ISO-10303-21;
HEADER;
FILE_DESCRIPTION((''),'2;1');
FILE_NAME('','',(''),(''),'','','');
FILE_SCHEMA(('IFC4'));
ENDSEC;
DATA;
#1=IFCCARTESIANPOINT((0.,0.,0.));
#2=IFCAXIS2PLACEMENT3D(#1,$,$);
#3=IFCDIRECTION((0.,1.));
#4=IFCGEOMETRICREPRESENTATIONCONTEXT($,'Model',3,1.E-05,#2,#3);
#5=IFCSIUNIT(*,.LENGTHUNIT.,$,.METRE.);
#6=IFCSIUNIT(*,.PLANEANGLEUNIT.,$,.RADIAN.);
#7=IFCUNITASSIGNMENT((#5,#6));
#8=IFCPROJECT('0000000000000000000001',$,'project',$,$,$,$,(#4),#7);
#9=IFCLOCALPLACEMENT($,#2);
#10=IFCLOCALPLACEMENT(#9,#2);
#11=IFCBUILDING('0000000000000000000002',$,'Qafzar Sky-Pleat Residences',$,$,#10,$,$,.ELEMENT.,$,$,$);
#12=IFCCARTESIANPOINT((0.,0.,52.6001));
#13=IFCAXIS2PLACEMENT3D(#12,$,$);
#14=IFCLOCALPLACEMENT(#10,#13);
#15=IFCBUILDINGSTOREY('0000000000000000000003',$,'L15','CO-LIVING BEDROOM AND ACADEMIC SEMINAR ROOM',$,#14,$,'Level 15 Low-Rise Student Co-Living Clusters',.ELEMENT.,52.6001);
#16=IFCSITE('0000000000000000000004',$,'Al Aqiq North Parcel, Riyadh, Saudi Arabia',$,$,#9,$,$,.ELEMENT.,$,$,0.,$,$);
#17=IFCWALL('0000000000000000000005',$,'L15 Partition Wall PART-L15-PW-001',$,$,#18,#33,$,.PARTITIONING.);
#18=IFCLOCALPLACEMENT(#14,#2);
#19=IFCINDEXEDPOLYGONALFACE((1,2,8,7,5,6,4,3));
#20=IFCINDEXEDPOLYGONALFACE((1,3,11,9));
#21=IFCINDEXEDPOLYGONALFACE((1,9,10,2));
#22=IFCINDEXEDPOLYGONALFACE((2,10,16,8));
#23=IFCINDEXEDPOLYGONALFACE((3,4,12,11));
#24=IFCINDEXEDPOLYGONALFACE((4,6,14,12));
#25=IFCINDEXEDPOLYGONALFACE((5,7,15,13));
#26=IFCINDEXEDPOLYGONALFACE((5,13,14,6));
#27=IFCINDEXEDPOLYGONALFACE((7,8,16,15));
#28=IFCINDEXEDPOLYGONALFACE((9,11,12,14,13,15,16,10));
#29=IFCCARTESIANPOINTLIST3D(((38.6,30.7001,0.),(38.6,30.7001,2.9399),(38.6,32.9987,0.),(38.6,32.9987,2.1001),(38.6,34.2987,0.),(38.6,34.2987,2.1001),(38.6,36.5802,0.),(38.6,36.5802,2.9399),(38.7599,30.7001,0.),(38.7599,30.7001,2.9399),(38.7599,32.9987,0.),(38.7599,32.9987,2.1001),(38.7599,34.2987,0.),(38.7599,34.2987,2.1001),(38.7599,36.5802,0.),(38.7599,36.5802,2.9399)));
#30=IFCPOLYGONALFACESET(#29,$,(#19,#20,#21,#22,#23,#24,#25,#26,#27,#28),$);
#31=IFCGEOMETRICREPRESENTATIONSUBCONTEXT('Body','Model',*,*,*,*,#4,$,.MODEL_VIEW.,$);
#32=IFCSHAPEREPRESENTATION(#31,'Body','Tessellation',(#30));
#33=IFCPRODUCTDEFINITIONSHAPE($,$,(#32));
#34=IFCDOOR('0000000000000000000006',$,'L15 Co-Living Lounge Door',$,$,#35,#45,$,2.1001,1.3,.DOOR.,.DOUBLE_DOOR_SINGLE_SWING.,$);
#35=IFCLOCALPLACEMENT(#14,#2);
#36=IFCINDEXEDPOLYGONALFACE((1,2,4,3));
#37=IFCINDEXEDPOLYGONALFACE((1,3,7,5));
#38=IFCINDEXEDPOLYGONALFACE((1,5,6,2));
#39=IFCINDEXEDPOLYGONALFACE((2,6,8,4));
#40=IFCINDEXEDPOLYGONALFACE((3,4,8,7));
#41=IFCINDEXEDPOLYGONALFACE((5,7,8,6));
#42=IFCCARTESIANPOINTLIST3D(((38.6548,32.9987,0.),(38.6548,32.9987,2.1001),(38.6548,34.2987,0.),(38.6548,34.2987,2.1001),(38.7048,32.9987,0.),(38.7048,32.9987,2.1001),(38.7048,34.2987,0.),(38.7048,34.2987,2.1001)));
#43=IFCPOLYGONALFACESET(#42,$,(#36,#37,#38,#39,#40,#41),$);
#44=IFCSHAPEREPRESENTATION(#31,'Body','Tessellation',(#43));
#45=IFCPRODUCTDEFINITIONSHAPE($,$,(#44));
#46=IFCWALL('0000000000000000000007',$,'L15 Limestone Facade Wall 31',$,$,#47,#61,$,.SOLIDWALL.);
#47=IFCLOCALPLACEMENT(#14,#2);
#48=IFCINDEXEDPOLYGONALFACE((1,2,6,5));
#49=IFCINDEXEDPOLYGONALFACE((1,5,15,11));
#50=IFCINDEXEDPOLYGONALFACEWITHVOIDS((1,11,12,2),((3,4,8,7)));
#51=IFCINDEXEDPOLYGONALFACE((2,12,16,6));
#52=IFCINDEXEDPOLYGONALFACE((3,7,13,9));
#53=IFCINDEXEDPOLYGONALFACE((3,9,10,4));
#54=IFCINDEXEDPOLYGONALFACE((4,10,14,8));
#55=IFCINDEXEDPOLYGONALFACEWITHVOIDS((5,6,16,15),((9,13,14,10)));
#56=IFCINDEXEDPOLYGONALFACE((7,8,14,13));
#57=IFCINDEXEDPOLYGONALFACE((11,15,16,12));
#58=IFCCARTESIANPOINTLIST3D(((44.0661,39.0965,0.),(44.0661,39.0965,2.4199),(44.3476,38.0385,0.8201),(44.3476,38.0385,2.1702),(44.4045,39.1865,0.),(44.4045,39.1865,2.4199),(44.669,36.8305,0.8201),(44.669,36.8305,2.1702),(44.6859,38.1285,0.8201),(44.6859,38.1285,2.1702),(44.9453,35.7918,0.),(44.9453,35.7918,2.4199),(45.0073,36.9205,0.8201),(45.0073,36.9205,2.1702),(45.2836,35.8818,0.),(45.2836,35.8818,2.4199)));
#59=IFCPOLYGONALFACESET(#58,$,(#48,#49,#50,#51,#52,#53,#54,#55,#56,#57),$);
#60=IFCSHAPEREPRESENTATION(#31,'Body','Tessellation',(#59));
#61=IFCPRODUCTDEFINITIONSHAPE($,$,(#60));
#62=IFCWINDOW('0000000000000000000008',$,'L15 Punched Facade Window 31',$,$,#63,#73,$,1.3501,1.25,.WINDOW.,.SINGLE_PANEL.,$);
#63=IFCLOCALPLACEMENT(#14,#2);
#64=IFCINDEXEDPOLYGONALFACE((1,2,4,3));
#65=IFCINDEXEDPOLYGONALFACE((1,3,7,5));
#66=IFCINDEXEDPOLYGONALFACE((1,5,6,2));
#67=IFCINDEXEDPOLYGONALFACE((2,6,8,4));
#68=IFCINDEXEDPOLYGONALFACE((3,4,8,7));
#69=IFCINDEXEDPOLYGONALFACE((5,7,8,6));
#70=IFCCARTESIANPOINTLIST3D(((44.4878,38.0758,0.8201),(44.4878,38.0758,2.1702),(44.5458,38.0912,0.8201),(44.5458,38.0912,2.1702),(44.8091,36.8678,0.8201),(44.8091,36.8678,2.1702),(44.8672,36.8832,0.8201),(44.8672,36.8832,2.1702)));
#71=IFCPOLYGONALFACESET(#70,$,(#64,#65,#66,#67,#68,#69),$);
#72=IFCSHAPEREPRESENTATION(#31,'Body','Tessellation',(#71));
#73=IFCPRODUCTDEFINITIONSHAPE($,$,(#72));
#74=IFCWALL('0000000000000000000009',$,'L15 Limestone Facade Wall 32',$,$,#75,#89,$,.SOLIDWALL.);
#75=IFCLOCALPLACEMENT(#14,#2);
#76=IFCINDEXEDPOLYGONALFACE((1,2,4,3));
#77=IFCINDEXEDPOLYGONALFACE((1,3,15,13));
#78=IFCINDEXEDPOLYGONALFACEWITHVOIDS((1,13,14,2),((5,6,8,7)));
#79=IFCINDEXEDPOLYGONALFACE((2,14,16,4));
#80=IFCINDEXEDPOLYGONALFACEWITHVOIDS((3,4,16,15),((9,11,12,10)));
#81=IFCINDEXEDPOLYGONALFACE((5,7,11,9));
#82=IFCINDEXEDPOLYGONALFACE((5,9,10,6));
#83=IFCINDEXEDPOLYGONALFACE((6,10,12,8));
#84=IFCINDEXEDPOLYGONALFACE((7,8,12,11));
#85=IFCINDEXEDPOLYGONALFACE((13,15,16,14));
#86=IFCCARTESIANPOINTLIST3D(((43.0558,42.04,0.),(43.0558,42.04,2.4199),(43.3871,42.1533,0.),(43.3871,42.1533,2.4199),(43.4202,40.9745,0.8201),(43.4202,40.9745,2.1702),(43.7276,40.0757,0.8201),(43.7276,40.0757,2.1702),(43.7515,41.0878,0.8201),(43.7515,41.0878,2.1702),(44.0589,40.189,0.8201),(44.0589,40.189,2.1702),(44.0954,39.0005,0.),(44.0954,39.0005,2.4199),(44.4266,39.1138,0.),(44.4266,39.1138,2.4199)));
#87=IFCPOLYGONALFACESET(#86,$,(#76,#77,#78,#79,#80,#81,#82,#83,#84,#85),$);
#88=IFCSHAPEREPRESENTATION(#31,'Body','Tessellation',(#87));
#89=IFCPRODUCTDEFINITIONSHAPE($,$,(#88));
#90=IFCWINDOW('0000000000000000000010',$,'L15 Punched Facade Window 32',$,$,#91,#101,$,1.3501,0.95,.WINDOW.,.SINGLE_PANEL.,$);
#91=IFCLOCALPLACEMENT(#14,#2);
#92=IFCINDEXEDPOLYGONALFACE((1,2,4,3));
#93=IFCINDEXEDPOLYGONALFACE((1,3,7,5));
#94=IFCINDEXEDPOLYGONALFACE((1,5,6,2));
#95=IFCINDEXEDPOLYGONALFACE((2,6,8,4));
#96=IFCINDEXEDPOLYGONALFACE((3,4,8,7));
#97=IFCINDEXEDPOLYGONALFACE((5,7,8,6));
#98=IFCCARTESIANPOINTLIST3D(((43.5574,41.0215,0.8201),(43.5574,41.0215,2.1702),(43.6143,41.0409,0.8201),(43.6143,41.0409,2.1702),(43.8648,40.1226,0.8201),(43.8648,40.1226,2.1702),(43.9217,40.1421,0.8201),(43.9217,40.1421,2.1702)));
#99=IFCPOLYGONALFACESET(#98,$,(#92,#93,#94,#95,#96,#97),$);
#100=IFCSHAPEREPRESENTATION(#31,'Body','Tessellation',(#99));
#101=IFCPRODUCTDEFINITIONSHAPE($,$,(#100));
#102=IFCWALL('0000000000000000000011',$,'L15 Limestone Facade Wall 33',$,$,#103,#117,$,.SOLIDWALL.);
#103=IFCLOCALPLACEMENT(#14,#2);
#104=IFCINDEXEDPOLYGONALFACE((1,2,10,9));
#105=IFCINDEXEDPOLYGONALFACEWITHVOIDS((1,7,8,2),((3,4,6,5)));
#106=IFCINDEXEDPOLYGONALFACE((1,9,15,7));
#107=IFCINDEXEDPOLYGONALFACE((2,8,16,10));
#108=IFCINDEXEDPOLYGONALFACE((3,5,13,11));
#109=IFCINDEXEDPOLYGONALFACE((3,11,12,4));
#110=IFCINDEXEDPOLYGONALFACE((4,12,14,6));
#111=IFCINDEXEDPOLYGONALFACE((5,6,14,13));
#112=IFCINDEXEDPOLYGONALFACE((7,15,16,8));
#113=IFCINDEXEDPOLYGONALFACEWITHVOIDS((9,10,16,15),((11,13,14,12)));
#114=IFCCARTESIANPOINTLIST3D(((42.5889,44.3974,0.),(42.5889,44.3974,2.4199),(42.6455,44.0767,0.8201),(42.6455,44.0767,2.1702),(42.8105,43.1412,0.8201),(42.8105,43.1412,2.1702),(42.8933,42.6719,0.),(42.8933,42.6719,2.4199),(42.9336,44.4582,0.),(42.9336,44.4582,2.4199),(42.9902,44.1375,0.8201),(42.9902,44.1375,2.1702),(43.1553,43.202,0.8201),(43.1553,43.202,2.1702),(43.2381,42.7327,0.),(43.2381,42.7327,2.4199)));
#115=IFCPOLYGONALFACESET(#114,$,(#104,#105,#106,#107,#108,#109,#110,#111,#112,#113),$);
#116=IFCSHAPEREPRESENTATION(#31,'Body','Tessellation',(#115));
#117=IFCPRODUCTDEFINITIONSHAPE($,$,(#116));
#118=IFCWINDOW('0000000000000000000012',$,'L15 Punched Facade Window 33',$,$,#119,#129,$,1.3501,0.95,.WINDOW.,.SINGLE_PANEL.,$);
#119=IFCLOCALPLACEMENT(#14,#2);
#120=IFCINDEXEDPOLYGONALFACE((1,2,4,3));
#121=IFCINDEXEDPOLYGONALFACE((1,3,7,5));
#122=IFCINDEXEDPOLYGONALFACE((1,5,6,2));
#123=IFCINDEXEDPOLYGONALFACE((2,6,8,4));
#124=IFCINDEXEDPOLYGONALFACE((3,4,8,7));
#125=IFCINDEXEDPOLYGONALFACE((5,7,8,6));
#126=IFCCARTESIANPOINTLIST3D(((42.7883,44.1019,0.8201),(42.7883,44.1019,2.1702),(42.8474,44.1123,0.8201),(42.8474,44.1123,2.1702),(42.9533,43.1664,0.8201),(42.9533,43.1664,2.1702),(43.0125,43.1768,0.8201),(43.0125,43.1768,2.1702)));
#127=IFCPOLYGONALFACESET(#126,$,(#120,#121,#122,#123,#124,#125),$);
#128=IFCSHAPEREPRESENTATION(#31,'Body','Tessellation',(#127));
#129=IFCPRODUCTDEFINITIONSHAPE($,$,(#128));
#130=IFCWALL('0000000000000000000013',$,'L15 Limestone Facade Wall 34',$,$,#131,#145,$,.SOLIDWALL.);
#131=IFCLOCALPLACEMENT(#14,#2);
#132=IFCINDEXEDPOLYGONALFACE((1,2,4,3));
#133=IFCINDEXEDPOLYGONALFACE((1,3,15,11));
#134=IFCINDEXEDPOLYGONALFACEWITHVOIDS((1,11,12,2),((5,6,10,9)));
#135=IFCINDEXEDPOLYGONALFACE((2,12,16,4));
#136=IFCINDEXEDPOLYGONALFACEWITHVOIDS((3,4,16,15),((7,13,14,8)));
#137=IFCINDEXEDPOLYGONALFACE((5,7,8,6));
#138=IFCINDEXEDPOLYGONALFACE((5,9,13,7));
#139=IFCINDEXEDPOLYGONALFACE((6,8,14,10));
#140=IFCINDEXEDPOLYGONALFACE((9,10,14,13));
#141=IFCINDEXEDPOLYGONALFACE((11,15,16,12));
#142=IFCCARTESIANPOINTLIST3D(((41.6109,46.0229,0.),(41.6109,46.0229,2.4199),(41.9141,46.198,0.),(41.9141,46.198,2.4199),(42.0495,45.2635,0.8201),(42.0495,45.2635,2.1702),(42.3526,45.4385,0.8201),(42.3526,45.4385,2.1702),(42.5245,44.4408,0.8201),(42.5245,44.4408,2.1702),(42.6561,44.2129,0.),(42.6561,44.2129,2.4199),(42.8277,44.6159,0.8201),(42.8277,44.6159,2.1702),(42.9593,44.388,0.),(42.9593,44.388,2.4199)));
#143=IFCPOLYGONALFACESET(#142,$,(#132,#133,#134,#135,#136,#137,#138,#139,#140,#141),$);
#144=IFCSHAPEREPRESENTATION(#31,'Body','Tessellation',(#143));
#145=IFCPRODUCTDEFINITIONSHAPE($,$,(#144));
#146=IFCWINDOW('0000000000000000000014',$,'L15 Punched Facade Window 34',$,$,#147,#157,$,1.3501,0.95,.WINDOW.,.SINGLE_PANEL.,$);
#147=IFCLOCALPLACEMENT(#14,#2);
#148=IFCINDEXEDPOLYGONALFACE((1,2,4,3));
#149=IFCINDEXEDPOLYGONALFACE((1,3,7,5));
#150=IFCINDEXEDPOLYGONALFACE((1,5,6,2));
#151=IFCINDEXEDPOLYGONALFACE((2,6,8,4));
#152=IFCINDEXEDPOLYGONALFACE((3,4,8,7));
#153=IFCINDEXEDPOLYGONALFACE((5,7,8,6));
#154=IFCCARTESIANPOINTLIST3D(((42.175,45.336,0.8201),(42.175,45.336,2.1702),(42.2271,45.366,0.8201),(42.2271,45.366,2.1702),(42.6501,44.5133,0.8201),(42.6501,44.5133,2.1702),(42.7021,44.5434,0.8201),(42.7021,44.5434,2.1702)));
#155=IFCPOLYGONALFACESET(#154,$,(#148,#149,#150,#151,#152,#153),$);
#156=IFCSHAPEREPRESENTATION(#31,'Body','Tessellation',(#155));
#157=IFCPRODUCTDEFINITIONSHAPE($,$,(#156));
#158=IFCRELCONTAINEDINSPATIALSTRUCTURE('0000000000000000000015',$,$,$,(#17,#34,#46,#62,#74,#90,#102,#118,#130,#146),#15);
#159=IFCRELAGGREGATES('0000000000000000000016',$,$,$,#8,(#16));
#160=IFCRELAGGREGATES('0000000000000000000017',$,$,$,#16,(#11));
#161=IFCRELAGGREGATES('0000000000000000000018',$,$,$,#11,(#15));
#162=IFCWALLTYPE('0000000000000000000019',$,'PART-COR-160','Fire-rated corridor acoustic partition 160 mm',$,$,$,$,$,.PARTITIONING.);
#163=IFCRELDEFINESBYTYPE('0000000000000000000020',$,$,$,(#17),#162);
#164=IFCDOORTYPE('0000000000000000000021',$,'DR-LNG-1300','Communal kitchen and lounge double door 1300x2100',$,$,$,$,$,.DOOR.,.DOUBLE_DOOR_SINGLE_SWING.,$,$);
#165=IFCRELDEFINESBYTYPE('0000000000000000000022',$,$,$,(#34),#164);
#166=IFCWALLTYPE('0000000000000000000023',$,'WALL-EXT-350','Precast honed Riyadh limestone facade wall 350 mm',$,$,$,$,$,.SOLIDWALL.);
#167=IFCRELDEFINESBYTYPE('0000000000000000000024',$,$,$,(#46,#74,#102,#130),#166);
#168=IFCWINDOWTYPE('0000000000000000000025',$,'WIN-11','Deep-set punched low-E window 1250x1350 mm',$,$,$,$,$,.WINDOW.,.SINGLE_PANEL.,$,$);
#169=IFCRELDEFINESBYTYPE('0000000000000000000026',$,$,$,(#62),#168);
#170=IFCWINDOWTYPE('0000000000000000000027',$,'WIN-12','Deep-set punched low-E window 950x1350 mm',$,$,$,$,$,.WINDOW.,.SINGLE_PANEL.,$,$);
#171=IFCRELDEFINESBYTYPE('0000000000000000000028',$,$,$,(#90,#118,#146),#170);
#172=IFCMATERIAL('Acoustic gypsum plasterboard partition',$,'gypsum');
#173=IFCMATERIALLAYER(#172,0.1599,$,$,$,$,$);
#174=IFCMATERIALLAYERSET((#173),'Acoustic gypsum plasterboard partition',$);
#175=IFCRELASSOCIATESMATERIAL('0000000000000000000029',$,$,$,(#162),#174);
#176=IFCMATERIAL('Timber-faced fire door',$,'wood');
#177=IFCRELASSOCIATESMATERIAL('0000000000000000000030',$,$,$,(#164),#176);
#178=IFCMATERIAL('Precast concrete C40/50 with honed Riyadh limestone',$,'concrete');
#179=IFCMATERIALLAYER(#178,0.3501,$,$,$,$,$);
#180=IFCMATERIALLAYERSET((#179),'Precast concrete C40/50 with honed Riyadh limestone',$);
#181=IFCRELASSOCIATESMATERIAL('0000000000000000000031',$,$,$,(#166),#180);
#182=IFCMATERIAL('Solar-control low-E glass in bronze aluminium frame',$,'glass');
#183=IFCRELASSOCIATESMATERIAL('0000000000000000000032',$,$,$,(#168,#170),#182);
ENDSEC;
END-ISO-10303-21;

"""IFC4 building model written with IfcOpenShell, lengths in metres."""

from ifc_helpers import new_model, si_unit, direction, frame, frame_2d, origin, place, context, subcontext, project, spatial, rectangle, extrude, source, transform, mapped, material, layer, layer_set, type_object, element, fill, save


model = new_model("IFC4")

# Units and contexts
model_context = context("Model", 3, precision=1e-05, world=origin(), true_north=direction((0.0, 1.0)))
body_context = subcontext(model_context, "Body", "Model", "MODEL_VIEW")
ifc_project = project(units=[si_unit("LENGTHUNIT", "METRE"), si_unit("PLANEANGLEUNIT", "RADIAN")], contexts=[model_context])

# Site, building, storey
site_placement = place(None, origin())
site = spatial("IfcSite", under=ifc_project, at=site_placement, Name="Al Aqiq North Parcel, Riyadh, Saudi Arabia", CompositionType="ELEMENT", RefElevation=0.0)
building_placement = place(site_placement, origin())
building = spatial("IfcBuilding", under=site, at=building_placement, Name="Qafzar Sky-Pleat Residences", CompositionType="ELEMENT")
storey_placement = place(building_placement, frame((0.0, 0.0, 52.6001)))
storey = spatial("IfcBuildingStorey", under=building, at=storey_placement, Name="L15", Description="CO-LIVING BEDROOM AND ACADEMIC SEMINAR ROOM", LongName="Level 15 Low-Rise Student Co-Living Clusters", CompositionType="ELEMENT", Elevation=52.6001)

# Wall, opening, door
ifc_material_1 = material(Name="Acoustic gypsum plasterboard partition", Category="gypsum")
ifc_layer_1 = layer(ifc_material_1, 0.1599)
ifc_layer_set_1 = layer_set([ifc_layer_1], Name="Acoustic gypsum plasterboard partition")
wall_type_1 = type_object("IfcWallType", Name="PART-COR-160", Description="Fire-rated corridor acoustic partition 160 mm", PredefinedType="PARTITIONING", material=ifc_layer_set_1)
wall_1_placement = place(storey_placement, frame((38.6799, 36.5801, 0.0), z_axis=(0.0, 0.0, 1.0), x_axis=(0.0, -1.0, 0.0)))
wall_1 = element("IfcWall", 1, at=wall_1_placement, inside=storey, type_object=wall_type_1, Name="L15 Partition Wall PART-L15-PW-001", PredefinedType="PARTITIONING", context=body_context, shape_type="SweptSolid", body=[
    extrude(rectangle(XDim=5.8801, YDim=0.1599, at=frame_2d((2.9399, 0.0))), origin(), (0.0, 0.0, 1.0), 2.9399),
])
opening_1_placement = place(wall_1_placement, frame((2.2815, 0.0, 0.0)))
opening_1 = element("IfcOpeningElement", 2, at=opening_1_placement, cuts=wall_1, PredefinedType="OPENING", context=body_context, shape_type="SweptSolid", body=[
    extrude(rectangle(XDim=1.3, YDim=2.1001, at=frame_2d((0.6499, 1.05))), frame((0.0, 0.0898, 0.0), z_axis=(0.0, -1.0, 0.0), x_axis=(1.0, 0.0, 0.0)), (0.0, 0.0, 1.0), 0.1799),
])
ifc_material_2 = material(Name="Timber-faced fire door", Category="wood")
door_type = type_object("IfcDoorType", Name="DR-LNG-1300", Description="Communal kitchen and lounge double door 1300x2100", OperationType="DOUBLE_DOOR_SINGLE_SWING", PredefinedType="DOOR", material=ifc_material_2)
shared_shape_1 = source(origin(), body_context, "Body", "SweptSolid", [
    extrude(rectangle(XDim=1.3, YDim=2.1001, at=frame_2d((0.6499, 1.05))), frame((0.0, 0.0249, 0.0), z_axis=(0.0, -1.0, 0.0), x_axis=(1.0, 0.0, 0.0)), (0.0, 0.0, 1.0), 0.05),
])
door_placement = place(opening_1_placement, origin())
door = element("IfcDoor", 3, at=door_placement, inside=storey, type_object=door_type, Name="L15 Co-Living Lounge Door", OperationType="DOUBLE_DOOR_SINGLE_SWING", OverallHeight=2.1001, OverallWidth=1.3, PredefinedType="DOOR", context=body_context, shape_type="MappedRepresentation", body=[
    mapped(shared_shape_1, transform((0.0, 0.0, 0.0), x_axis=(1.0, 0.0, 0.0), y_axis=(0.0, 1.0, 0.0), z_axis=(0.0, 0.0, 1.0), scale=1.0)),
])
fill(opening_1, door)

# Walls, openings, windows
ifc_material_3 = material(Name="Precast concrete C40/50 with honed Riyadh limestone", Category="concrete")
ifc_layer_2 = layer(ifc_material_3, 0.3501)
ifc_layer_set_2 = layer_set([ifc_layer_2], Name="Precast concrete C40/50 with honed Riyadh limestone")
wall_type_2 = type_object("IfcWallType", Name="WALL-EXT-350", Description="Precast honed Riyadh limestone facade wall 350 mm", PredefinedType="SOLIDWALL", material=ifc_layer_set_2)
wall_2_placement = place(storey_placement, frame((45.1145, 35.8367, 0.0), z_axis=(0.0, 0.0, 1.0), x_axis=(-0.257089, 0.966388, 0.0)))
wall_2 = element("IfcWall", 4, at=wall_2_placement, inside=storey, type_object=wall_type_2, Name="L15 Limestone Facade Wall 31", PredefinedType="SOLIDWALL", context=body_context, shape_type="SweptSolid", body=[
    extrude(rectangle(XDim=3.4197, YDim=0.3501, at=frame_2d((1.71, 0.0))), origin(), (0.0, 0.0, 1.0), 2.4199),
])
opening_2_placement = place(wall_2_placement, frame((1.075, 0.0, 0.8201)))
opening_2 = element("IfcOpeningElement", 5, at=opening_2_placement, cuts=wall_2, PredefinedType="OPENING", context=body_context, shape_type="SweptSolid", body=[
    extrude(rectangle(XDim=1.25, YDim=1.3501, at=frame_2d((0.625, 0.675))), frame((0.0, 0.1851, 0.0), z_axis=(0.0, -1.0, 0.0), x_axis=(1.0, 0.0, 0.0)), (0.0, 0.0, 1.0), 0.3701),
])
ifc_material_4 = material(Name="Solar-control low-E glass in bronze aluminium frame", Category="glass")
window_type_1 = type_object("IfcWindowType", Name="WIN-11", Description="Deep-set punched low-E window 1250x1350 mm", PartitioningType="SINGLE_PANEL", PredefinedType="WINDOW", material=ifc_material_4)
shared_shape_2 = source(origin(), body_context, "Body", "SweptSolid", [
    extrude(rectangle(XDim=1.25, YDim=1.3501, at=frame_2d((0.625, 0.675))), frame((0.0, 0.03, 0.0), z_axis=(0.0, -1.0, 0.0), x_axis=(1.0, 0.0, 0.0)), (0.0, 0.0, 1.0), 0.0601),
])
window_1_placement = place(opening_2_placement, origin())
window_1 = element("IfcWindow", 6, at=window_1_placement, inside=storey, type_object=window_type_1, Name="L15 Punched Facade Window 31", OverallHeight=1.3501, OverallWidth=1.25, PartitioningType="SINGLE_PANEL", PredefinedType="WINDOW", context=body_context, shape_type="MappedRepresentation", body=[
    mapped(shared_shape_2, transform((0.0, 0.0, 0.0), x_axis=(1.0, 0.0, 0.0), y_axis=(0.0, 1.0, 0.0), z_axis=(0.0, 0.0, 1.0), scale=1.0)),
])
fill(opening_2, window_1)
wall_3_placement = place(storey_placement, frame((44.261, 39.0571, 0.0), z_axis=(0.0, 0.0, 1.0), x_axis=(-0.323605, 0.946192, 0.0)))
wall_3 = element("IfcWall", 7, at=wall_3_placement, inside=storey, type_object=wall_type_2, Name="L15 Limestone Facade Wall 32", PredefinedType="SOLIDWALL", context=body_context, shape_type="SweptSolid", body=[
    extrude(rectangle(XDim=3.2124, YDim=0.3501, at=frame_2d((1.6062, 0.0))), origin(), (0.0, 0.0, 1.0), 2.4199),
])
opening_3_placement = place(wall_3_placement, frame((1.1362, 0.0, 0.8201)))
opening_3 = element("IfcOpeningElement", 8, at=opening_3_placement, cuts=wall_3, PredefinedType="OPENING", context=body_context, shape_type="SweptSolid", body=[
    extrude(rectangle(XDim=0.95, YDim=1.3501, at=frame_2d((0.4751, 0.675))), frame((0.0, 0.1851, 0.0), z_axis=(0.0, -1.0, 0.0), x_axis=(1.0, 0.0, 0.0)), (0.0, 0.0, 1.0), 0.3701),
])
window_type_2 = type_object("IfcWindowType", Name="WIN-12", Description="Deep-set punched low-E window 950x1350 mm", PartitioningType="SINGLE_PANEL", PredefinedType="WINDOW", material=ifc_material_4)
shared_shape_3 = source(origin(), body_context, "Body", "SweptSolid", [
    extrude(rectangle(XDim=0.95, YDim=1.3501, at=frame_2d((0.4751, 0.675))), frame((0.0, 0.03, 0.0), z_axis=(0.0, -1.0, 0.0), x_axis=(1.0, 0.0, 0.0)), (0.0, 0.0, 1.0), 0.0601),
])
window_2_placement = place(opening_3_placement, origin())
window_2 = element("IfcWindow", 9, at=window_2_placement, inside=storey, type_object=window_type_2, Name="L15 Punched Facade Window 32", OverallHeight=1.3501, OverallWidth=0.95, PartitioningType="SINGLE_PANEL", PredefinedType="WINDOW", context=body_context, shape_type="MappedRepresentation", body=[
    mapped(shared_shape_3, transform((0.0, 0.0, 0.0), x_axis=(1.0, 0.0, 0.0), y_axis=(0.0, 1.0, 0.0), z_axis=(0.0, 0.0, 1.0), scale=1.0)),
])
fill(opening_3, window_2)
wall_4_placement = place(storey_placement, frame((43.0657, 42.7024, 0.0), z_axis=(0.0, 0.0, 1.0), x_axis=(-0.173746, 0.984791, 0.0)))
wall_4 = element("IfcWall", 10, at=wall_4_placement, inside=storey, type_object=wall_type_2, Name="L15 Limestone Facade Wall 33", PredefinedType="SOLIDWALL", context=body_context, shape_type="SweptSolid", body=[
    extrude(rectangle(XDim=1.7522, YDim=0.3501, at=frame_2d((0.876, 0.0))), origin(), (0.0, 0.0, 1.0), 2.4199),
])
opening_4_placement = place(wall_4_placement, frame((0.4763, 0.0, 0.8201)))
opening_4 = element("IfcOpeningElement", 11, at=opening_4_placement, cuts=wall_4, PredefinedType="OPENING", context=body_context, shape_type="SweptSolid", body=[
    extrude(rectangle(XDim=0.95, YDim=1.3501, at=frame_2d((0.4751, 0.675))), frame((0.0, 0.1851, 0.0), z_axis=(0.0, -1.0, 0.0), x_axis=(1.0, 0.0, 0.0)), (0.0, 0.0, 1.0), 0.3701),
])
window_3_placement = place(opening_4_placement, origin())
window_3 = element("IfcWindow", 12, at=window_3_placement, inside=storey, type_object=window_type_2, Name="L15 Punched Facade Window 33", OverallHeight=1.3501, OverallWidth=0.95, PartitioningType="SINGLE_PANEL", PredefinedType="WINDOW", context=body_context, shape_type="MappedRepresentation", body=[
    mapped(shared_shape_3, transform((0.0, 0.0, 0.0), x_axis=(1.0, 0.0, 0.0), y_axis=(0.0, 1.0, 0.0), z_axis=(0.0, 0.0, 1.0), scale=1.0)),
])
fill(opening_4, window_3)
wall_5_placement = place(storey_placement, frame((42.8076, 44.3005, 0.0), z_axis=(0.0, 0.0, 1.0), x_axis=(-0.500046, 0.865999, 0.0)))
wall_5 = element("IfcWall", 13, at=wall_5_placement, inside=storey, type_object=wall_type_2, Name="L15 Limestone Facade Wall 34", PredefinedType="SOLIDWALL", context=body_context, shape_type="SweptSolid", body=[
    extrude(rectangle(XDim=2.0901, YDim=0.3501, at=frame_2d((1.0449, 0.0))), origin(), (0.0, 0.0, 1.0), 2.4199),
])
opening_5_placement = place(wall_5_placement, frame((0.2629, 0.0, 0.8201)))
opening_5 = element("IfcOpeningElement", 14, at=opening_5_placement, cuts=wall_5, PredefinedType="OPENING", context=body_context, shape_type="SweptSolid", body=[
    extrude(rectangle(XDim=0.95, YDim=1.3501, at=frame_2d((0.4751, 0.675))), frame((0.0, 0.1851, 0.0), z_axis=(0.0, -1.0, 0.0), x_axis=(1.0, 0.0, 0.0)), (0.0, 0.0, 1.0), 0.3701),
])
window_4_placement = place(opening_5_placement, origin())
window_4 = element("IfcWindow", 15, at=window_4_placement, inside=storey, type_object=window_type_2, Name="L15 Punched Facade Window 34", OverallHeight=1.3501, OverallWidth=0.95, PartitioningType="SINGLE_PANEL", PredefinedType="WINDOW", context=body_context, shape_type="MappedRepresentation", body=[
    mapped(shared_shape_3, transform((0.0, 0.0, 0.0), x_axis=(1.0, 0.0, 0.0), y_axis=(0.0, 1.0, 0.0), z_axis=(0.0, 0.0, 1.0), scale=1.0)),
])
fill(opening_5, window_4)

save(model, "model.ifc")
